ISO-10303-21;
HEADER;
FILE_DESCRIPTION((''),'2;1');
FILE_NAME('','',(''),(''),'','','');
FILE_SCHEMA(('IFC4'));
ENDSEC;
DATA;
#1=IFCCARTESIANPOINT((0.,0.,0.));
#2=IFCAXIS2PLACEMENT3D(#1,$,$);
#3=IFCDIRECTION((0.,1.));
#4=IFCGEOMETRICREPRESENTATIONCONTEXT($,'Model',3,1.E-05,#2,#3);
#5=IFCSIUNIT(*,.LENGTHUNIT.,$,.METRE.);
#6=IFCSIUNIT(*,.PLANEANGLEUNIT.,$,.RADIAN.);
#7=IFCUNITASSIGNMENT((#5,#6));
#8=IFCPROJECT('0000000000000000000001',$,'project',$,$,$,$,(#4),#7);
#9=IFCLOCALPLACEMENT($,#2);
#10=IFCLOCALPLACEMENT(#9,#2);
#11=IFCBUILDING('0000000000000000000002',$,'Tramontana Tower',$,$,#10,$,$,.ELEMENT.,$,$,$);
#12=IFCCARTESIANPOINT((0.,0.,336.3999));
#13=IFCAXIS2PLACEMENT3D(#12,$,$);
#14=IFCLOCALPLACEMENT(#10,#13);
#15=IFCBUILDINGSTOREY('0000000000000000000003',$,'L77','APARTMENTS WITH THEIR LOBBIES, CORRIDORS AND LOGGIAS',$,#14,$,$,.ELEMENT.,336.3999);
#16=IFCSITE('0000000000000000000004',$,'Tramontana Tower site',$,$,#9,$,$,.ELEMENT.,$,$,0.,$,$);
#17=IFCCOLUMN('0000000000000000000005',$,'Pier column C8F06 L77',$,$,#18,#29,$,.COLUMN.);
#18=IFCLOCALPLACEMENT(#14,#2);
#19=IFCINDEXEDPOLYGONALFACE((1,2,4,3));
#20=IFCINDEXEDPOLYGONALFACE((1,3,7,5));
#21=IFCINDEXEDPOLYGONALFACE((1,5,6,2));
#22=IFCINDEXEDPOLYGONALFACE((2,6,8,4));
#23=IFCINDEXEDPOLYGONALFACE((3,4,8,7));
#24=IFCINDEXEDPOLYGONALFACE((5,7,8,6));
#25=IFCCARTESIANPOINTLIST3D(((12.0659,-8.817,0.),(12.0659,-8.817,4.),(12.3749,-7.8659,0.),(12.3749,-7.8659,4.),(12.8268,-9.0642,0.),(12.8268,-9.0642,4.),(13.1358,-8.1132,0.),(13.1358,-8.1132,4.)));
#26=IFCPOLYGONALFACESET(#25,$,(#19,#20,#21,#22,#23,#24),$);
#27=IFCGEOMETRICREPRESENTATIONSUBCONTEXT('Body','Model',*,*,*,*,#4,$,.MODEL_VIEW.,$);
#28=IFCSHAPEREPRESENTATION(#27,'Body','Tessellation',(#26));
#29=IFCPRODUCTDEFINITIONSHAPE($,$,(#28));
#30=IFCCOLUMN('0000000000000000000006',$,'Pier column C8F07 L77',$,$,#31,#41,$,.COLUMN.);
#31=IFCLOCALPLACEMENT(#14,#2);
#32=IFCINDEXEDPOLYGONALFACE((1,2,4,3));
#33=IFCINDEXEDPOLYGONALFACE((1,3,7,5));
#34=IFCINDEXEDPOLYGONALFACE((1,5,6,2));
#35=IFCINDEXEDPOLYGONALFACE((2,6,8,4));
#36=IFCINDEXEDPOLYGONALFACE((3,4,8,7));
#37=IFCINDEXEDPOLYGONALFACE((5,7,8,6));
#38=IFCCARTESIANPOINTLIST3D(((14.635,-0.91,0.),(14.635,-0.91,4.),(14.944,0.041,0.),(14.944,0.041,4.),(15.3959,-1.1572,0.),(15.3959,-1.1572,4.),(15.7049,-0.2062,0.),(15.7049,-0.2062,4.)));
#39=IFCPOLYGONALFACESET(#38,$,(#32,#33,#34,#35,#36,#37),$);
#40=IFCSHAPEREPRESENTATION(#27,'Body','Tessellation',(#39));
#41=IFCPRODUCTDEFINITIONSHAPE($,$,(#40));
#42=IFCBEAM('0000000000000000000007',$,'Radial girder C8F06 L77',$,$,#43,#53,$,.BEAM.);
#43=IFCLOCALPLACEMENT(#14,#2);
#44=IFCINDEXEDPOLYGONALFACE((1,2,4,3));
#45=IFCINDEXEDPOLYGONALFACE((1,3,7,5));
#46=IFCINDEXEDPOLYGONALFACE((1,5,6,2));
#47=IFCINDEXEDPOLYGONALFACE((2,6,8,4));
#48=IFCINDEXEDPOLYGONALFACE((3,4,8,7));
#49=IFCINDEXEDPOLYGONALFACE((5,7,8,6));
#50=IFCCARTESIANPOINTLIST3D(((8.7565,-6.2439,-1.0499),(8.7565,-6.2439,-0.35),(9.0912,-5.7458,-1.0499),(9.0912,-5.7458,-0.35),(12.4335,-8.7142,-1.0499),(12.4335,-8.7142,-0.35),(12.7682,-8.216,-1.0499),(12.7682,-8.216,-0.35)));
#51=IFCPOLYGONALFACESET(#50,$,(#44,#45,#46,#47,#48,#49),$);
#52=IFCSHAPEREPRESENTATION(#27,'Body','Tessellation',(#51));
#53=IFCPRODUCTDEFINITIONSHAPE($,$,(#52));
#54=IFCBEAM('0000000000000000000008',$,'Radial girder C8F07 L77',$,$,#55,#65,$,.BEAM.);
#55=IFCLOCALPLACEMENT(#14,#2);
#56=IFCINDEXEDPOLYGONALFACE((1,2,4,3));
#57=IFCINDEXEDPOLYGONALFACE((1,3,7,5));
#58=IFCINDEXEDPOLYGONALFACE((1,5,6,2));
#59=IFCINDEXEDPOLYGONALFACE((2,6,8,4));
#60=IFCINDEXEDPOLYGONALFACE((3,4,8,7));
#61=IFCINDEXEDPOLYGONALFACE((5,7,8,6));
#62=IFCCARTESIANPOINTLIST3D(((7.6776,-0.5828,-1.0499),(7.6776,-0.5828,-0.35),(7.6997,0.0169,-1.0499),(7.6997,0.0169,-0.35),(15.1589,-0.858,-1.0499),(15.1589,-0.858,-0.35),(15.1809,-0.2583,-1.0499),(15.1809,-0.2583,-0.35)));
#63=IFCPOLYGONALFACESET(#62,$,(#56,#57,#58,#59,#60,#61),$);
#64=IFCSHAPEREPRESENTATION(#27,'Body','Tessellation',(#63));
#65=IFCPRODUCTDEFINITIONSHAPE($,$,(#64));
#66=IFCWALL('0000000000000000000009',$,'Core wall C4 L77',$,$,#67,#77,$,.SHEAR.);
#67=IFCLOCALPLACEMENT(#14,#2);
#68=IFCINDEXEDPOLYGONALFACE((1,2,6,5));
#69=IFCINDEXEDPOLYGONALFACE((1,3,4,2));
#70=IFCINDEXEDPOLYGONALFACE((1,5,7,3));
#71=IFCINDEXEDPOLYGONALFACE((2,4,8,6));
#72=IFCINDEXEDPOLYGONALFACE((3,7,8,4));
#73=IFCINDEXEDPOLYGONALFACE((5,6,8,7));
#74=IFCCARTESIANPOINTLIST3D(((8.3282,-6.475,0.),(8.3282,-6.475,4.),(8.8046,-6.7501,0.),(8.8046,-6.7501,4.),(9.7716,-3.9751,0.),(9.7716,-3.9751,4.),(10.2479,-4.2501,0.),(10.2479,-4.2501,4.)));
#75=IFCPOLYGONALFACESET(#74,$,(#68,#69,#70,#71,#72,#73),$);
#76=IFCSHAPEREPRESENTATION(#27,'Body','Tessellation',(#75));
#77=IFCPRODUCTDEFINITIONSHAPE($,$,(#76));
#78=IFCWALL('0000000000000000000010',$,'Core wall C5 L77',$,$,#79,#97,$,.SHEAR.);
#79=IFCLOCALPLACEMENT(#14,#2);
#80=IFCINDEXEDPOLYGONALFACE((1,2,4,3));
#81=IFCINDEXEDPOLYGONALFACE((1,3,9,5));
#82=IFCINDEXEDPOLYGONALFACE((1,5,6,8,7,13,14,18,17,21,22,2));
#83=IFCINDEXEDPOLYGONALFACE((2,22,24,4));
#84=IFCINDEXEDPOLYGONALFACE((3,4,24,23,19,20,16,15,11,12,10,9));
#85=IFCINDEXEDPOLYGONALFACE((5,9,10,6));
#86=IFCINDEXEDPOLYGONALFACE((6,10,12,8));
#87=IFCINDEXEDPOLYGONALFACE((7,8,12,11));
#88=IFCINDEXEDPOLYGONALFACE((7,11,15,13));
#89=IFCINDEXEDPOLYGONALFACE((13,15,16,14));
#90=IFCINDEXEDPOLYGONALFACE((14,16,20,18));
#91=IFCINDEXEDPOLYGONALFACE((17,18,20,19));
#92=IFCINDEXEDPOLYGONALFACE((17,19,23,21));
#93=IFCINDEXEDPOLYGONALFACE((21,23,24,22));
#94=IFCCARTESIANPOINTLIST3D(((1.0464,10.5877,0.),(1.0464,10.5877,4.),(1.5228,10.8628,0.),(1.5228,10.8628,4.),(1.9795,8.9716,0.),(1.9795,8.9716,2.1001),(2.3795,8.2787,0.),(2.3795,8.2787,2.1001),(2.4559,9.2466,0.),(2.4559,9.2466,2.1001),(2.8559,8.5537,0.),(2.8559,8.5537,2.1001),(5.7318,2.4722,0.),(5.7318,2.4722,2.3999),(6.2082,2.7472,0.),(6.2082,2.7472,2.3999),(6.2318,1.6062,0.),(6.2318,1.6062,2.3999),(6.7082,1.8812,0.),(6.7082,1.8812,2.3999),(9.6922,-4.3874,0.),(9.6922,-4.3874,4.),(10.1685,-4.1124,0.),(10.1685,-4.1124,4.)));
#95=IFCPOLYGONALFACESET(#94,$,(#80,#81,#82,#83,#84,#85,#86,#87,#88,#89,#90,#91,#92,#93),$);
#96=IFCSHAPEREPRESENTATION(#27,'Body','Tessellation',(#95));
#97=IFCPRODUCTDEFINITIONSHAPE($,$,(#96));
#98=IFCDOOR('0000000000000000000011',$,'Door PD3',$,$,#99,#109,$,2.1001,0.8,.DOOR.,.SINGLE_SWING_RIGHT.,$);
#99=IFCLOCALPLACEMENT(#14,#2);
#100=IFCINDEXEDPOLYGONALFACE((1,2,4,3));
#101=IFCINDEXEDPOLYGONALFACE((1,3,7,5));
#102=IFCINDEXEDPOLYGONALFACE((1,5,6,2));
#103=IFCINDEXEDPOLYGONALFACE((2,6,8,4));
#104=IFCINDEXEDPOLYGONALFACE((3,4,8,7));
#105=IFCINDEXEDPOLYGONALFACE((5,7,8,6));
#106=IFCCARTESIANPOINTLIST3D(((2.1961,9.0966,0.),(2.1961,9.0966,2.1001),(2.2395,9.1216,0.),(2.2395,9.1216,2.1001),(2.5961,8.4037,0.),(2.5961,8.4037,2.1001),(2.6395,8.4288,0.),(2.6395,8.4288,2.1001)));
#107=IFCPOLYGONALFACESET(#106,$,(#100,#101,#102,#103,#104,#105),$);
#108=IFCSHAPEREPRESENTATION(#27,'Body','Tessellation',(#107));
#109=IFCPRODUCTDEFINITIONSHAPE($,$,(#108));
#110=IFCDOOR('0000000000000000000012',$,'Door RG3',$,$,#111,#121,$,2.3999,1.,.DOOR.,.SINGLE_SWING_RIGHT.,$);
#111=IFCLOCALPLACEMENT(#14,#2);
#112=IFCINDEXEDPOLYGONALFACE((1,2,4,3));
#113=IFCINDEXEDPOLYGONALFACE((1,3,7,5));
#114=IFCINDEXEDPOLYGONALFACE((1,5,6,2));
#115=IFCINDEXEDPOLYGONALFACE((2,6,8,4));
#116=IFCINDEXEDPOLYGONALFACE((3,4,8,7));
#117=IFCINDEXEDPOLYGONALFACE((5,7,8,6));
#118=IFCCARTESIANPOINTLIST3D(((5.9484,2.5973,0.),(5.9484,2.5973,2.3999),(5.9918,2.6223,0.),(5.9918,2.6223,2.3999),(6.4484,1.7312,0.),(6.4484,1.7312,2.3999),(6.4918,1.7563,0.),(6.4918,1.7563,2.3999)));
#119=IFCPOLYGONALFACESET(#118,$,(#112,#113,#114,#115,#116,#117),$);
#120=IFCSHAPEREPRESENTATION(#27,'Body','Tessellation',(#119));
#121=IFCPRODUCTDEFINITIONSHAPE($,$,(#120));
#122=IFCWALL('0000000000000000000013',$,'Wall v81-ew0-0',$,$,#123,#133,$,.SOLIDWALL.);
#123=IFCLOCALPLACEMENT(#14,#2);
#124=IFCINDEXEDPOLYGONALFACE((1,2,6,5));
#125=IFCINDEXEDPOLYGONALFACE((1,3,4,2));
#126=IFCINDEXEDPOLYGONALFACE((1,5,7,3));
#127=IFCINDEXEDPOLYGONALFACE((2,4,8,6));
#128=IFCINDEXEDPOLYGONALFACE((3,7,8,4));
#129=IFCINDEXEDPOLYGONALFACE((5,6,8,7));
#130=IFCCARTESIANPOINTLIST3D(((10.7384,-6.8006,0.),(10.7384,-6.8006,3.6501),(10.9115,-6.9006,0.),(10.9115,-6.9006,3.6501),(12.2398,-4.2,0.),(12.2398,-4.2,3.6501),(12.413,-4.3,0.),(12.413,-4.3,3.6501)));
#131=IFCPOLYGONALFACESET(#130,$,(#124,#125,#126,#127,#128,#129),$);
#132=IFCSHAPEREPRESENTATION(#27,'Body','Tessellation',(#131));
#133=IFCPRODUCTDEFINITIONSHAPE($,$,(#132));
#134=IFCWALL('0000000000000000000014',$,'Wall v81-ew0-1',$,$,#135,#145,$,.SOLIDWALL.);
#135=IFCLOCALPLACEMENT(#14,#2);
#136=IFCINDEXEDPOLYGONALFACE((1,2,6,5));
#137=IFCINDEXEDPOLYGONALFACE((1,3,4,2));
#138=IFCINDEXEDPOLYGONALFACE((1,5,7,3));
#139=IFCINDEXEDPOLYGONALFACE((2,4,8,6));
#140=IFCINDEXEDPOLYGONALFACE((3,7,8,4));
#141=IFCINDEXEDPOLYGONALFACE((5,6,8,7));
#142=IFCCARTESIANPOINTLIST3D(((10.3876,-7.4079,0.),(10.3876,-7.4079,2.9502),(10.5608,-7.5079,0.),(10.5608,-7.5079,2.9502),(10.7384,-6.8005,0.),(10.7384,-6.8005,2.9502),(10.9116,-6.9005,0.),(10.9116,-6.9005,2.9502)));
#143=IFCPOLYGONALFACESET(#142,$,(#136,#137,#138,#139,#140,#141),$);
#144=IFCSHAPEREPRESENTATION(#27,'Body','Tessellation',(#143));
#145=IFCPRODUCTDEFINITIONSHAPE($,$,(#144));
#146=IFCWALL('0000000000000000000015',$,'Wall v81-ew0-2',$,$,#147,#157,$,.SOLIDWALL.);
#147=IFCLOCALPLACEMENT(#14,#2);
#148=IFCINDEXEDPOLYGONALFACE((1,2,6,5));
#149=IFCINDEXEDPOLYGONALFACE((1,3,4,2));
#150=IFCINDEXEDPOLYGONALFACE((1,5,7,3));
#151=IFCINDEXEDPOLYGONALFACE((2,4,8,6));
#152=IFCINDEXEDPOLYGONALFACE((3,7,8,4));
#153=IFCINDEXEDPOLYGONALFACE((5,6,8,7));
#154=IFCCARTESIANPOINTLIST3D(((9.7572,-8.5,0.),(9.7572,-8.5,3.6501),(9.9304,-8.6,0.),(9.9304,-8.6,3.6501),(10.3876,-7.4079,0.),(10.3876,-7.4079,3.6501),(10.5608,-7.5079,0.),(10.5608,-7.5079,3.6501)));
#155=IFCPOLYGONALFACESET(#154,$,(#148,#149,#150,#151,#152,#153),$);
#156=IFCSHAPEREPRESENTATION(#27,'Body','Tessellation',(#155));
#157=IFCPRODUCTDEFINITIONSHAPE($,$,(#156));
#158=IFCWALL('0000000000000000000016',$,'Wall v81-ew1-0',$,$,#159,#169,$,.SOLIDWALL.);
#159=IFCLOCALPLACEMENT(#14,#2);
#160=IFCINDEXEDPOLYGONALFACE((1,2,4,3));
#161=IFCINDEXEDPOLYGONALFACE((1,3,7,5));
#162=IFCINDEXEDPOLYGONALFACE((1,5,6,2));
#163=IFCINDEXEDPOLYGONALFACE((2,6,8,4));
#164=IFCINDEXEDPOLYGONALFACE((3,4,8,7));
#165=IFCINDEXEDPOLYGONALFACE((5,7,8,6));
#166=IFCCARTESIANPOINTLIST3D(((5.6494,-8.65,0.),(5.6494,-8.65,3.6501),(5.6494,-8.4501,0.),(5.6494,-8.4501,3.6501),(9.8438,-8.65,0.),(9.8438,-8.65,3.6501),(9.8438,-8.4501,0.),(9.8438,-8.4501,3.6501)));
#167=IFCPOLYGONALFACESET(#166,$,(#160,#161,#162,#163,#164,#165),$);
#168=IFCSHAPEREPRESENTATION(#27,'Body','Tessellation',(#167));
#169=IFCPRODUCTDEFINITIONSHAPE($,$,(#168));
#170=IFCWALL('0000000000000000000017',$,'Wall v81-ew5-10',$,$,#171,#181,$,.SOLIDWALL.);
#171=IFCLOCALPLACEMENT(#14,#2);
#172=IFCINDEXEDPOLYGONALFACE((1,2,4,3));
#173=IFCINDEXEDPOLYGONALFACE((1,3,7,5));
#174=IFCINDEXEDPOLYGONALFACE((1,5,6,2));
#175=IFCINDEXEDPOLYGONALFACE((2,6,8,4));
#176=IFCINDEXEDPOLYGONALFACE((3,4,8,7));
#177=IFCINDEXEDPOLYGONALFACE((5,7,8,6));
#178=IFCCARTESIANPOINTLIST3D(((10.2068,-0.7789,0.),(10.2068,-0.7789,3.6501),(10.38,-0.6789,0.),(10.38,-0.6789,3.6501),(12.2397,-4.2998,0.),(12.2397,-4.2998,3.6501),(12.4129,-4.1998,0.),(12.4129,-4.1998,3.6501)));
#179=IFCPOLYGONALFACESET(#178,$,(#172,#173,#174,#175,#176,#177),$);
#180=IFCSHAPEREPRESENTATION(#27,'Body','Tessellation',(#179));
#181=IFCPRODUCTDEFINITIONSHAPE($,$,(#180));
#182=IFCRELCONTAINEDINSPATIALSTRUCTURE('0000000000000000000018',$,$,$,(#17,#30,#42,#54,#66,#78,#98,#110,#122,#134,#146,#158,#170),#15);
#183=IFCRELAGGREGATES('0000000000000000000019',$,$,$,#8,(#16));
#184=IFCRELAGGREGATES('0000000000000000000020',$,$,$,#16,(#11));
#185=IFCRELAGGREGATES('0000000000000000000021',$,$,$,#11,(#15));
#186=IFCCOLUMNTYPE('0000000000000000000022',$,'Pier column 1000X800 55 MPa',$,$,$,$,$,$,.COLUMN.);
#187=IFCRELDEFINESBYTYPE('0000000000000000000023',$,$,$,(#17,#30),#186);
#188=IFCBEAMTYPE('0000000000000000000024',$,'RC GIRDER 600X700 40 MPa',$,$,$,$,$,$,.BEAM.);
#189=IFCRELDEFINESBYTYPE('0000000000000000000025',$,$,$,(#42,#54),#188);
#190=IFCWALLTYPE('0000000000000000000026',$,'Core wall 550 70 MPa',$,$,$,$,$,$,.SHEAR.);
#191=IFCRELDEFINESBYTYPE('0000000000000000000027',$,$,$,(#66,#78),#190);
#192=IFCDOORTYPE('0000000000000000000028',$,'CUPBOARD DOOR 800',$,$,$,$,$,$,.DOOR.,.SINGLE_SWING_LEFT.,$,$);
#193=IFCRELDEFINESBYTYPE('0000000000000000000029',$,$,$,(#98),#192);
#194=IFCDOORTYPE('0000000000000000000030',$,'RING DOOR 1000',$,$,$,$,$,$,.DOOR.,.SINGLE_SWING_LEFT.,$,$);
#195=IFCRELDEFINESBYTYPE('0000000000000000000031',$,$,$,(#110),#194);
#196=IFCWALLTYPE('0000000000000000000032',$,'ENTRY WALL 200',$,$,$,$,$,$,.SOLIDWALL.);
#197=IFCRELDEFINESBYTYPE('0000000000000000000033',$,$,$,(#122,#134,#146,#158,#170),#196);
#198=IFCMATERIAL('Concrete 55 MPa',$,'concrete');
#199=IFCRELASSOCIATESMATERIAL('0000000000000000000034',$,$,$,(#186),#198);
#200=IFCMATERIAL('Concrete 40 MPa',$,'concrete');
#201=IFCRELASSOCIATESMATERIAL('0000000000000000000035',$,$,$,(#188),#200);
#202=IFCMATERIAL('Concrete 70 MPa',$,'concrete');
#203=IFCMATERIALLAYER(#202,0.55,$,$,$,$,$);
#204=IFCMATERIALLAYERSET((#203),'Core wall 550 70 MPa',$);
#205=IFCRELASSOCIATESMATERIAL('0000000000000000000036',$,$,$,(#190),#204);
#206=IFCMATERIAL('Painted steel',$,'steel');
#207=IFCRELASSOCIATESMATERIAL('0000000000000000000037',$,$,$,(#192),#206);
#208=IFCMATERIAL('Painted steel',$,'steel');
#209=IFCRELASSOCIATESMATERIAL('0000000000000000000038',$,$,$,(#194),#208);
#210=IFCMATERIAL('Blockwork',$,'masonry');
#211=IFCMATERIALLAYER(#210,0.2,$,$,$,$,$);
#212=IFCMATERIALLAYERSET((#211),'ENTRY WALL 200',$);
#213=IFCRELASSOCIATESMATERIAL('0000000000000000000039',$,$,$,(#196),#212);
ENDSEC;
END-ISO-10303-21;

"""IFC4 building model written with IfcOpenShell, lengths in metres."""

from ifc_helpers import new_model, si_unit, direction, frame, frame_2d, origin, origin_2d, place, context, subcontext, project, spatial, rectangle, extrude, material, layer, layer_set, material_profile, profile_set, type_object, element, fill, save


model = new_model("IFC4")

# Units and contexts
model_context = context("Model", 3, precision=1e-05, world=origin(), true_north=direction((0.0, 1.0)))
body_context = subcontext(model_context, "Body", "Model", "MODEL_VIEW")
ifc_project = project(units=[si_unit("LENGTHUNIT", "METRE"), si_unit("PLANEANGLEUNIT", "RADIAN")], contexts=[model_context])

# Site, building, storey
site_placement = place(None, origin())
site = spatial("IfcSite", under=ifc_project, at=site_placement, Name="Tramontana Tower site", CompositionType="ELEMENT", RefElevation=0.0)
building_placement = place(site_placement, origin())
building = spatial("IfcBuilding", under=site, at=building_placement, Name="Tramontana Tower", CompositionType="ELEMENT")
storey_placement = place(building_placement, frame((0.0, 0.0, 336.3999)))
storey = spatial("IfcBuildingStorey", under=building, at=storey_placement, Name="L77", Description="APARTMENTS WITH THEIR LOBBIES, CORRIDORS AND LOGGIAS", CompositionType="ELEMENT", Elevation=336.3999)

# Columns
ifc_material_1 = material(Name="Concrete 55 MPa", Category="concrete")
ifc_material_profile_1 = material_profile(ifc_material_1, rectangle(XDim=1.0, YDim=0.8, at=origin_2d()), Name="Pier column 1000X800 55 MPa")
ifc_profile_set_1 = profile_set([ifc_material_profile_1], Name="Concrete 55 MPa")
column_type = type_object("IfcColumnType", Name="Pier column 1000X800 55 MPa", PredefinedType="COLUMN", material=ifc_profile_set_1)
for number, where, z_axis, x_axis, name in (
    (1, (12.6008, -8.4651, 0.0), (0.0, 0.0, 1.0), (0.309017, 0.951057, 0.0), "Pier column C8F06 L77"),
    (2, (15.1699, -0.5581, 0.0), (0.0, 0.0, 1.0), (0.309017, 0.951057, 0.0), "Pier column C8F07 L77"),
):
    element("IfcColumn", number, at=place(storey_placement, frame(where, z_axis=z_axis, x_axis=x_axis)), inside=storey, type_object=column_type, Name=name, PredefinedType="COLUMN", context=body_context, shape_type="SweptSolid", body=[
        extrude(rectangle(XDim=1.0, YDim=0.8, at=origin_2d()), origin(), (0.0, 0.0, 1.0), 4.0),
    ])

# Beams
ifc_material_2 = material(Name="Concrete 40 MPa", Category="concrete")
ifc_material_profile_2 = material_profile(ifc_material_2, rectangle(XDim=0.6001, YDim=0.7, at=origin_2d()), Name="RC GIRDER 600X700 40 MPa")
ifc_profile_set_2 = profile_set([ifc_material_profile_2], Name="Concrete 40 MPa")
beam_type = type_object("IfcBeamType", Name="RC GIRDER 600X700 40 MPa", PredefinedType="BEAM", material=ifc_profile_set_2)
beam_1_placement = place(storey_placement, frame((12.6008, -8.4651, -0.7), z_axis=(-0.830078, 0.557647, 0.0), x_axis=(-0.557647, -0.830078, 0.0)))
element("IfcBeam", 3, at=beam_1_placement, inside=storey, type_object=beam_type, Name="Radial girder C8F06 L77", PredefinedType="BEAM", context=body_context, shape_type="SweptSolid", body=[
    extrude(rectangle(XDim=0.6001, YDim=0.7, at=origin_2d()), origin(), (0.0, 0.0, 1.0), 4.4297),
])
beam_2_placement = place(storey_placement, frame((15.1699, -0.5581, -0.7), z_axis=(-0.999324, 0.036754, 0.0), x_axis=(-0.036754, -0.999324, 0.0)))
element("IfcBeam", 4, at=beam_2_placement, inside=storey, type_object=beam_type, Name="Radial girder C8F07 L77", PredefinedType="BEAM", context=body_context, shape_type="SweptSolid", body=[
    extrude(rectangle(XDim=0.6001, YDim=0.7, at=origin_2d()), origin(), (0.0, 0.0, 1.0), 7.4863),
])

# Wall
ifc_material_3 = material(Name="Concrete 70 MPa", Category="concrete")
ifc_layer_1 = layer(ifc_material_3, 0.55)
ifc_layer_set_1 = layer_set([ifc_layer_1], Name="Core wall 550 70 MPa")
wall_type_1 = type_object("IfcWallType", Name="Core wall 550 70 MPa", PredefinedType="SHEAR", material=ifc_layer_set_1)
wall_1_placement = place(storey_placement, frame((8.5664, -6.6125, 0.0), z_axis=(0.0, 0.0, 1.0), x_axis=(0.499996, 0.866028, 0.0)))
element("IfcWall", 5, at=wall_1_placement, inside=storey, type_object=wall_type_1, Name="Core wall C4 L77", PredefinedType="SHEAR", context=body_context, shape_type="SweptSolid", body=[
    extrude(rectangle(XDim=2.8867, YDim=0.55, at=frame_2d((1.4434, 0.0))), origin(), (0.0, 0.0, 1.0), 4.0),
])

# Wall, openings, doors
wall_2_placement = place(storey_placement, frame((9.9304, -4.25, 0.0), z_axis=(0.0, 0.0, 1.0), x_axis=(-0.499995, 0.866029, 0.0)))
wall_2 = element("IfcWall", 6, at=wall_2_placement, inside=storey, type_object=wall_type_1, Name="Core wall C5 L77", PredefinedType="SHEAR", context=body_context, shape_type="SweptSolid", body=[
    extrude(rectangle(XDim=17.2917, YDim=0.55, at=frame_2d((8.646, 0.0))), origin(), (0.0, 0.0, 1.0), 4.0),
])
opening_1_placement = place(wall_2_placement, frame((6.9209, 0.0, 0.0)))
opening_1 = element("IfcOpeningElement", 7, at=opening_1_placement, cuts=wall_2, PredefinedType="OPENING", context=body_context, shape_type="SweptSolid", body=[
    extrude(rectangle(XDim=1.0, YDim=2.3999, at=frame_2d((0.5, 1.2))), frame((0.0, 0.2849, 0.0), z_axis=(0.0, -1.0, 0.0), x_axis=(1.0, 0.0, 0.0)), (0.0, 0.0, 1.0), 0.5701),
])
opening_2_placement = place(wall_2_placement, frame((14.6257, 0.0, 0.0)))
opening_2 = element("IfcOpeningElement", 8, at=opening_2_placement, cuts=wall_2, PredefinedType="OPENING", context=body_context, shape_type="SweptSolid", body=[
    extrude(rectangle(XDim=0.8, YDim=2.1001, at=frame_2d((0.3999, 1.05))), frame((0.0, 0.2849, 0.0), z_axis=(0.0, -1.0, 0.0), x_axis=(1.0, 0.0, 0.0)), (0.0, 0.0, 1.0), 0.5701),
])
ifc_material_4 = material(Name="Painted steel", Category="steel")
door_type_1 = type_object("IfcDoorType", Name="CUPBOARD DOOR 800", OperationType="SINGLE_SWING_LEFT", PredefinedType="DOOR", material=ifc_material_4)
door_1_placement = place(opening_2_placement, origin())
door_1 = element("IfcDoor", 9, at=door_1_placement, inside=storey, type_object=door_type_1, Name="Door PD3", OperationType="SINGLE_SWING_RIGHT", OverallHeight=2.1001, OverallWidth=0.8, PredefinedType="DOOR", context=body_context, shape_type="SweptSolid", body=[
    extrude(rectangle(XDim=0.8, YDim=2.1001, at=frame_2d((0.3999, 1.05))), frame((0.0, 0.0249, 0.0), z_axis=(0.0, -1.0, 0.0), x_axis=(1.0, 0.0, 0.0)), (0.0, 0.0, 1.0), 0.05),
])
fill(opening_2, door_1)
ifc_material_5 = material(Name="Painted steel", Category="steel")
door_type_2 = type_object("IfcDoorType", Name="RING DOOR 1000", OperationType="SINGLE_SWING_LEFT", PredefinedType="DOOR", material=ifc_material_5)
door_2_placement = place(opening_1_placement, origin())
door_2 = element("IfcDoor", 10, at=door_2_placement, inside=storey, type_object=door_type_2, Name="Door RG3", OperationType="SINGLE_SWING_RIGHT", OverallHeight=2.3999, OverallWidth=1.0, PredefinedType="DOOR", context=body_context, shape_type="SweptSolid", body=[
    extrude(rectangle(XDim=1.0, YDim=2.3999, at=frame_2d((0.5, 1.2))), frame((0.0, 0.0249, 0.0), z_axis=(0.0, -1.0, 0.0), x_axis=(1.0, 0.0, 0.0)), (0.0, 0.0, 1.0), 0.05),
])
fill(opening_1, door_2)

# Walls
ifc_material_6 = material(Name="Blockwork", Category="masonry")
ifc_layer_2 = layer(ifc_material_6, 0.2)
ifc_layer_set_2 = layer_set([ifc_layer_2], Name="ENTRY WALL 200")
wall_type_2 = type_object("IfcWallType", Name="ENTRY WALL 200", PredefinedType="SOLIDWALL", material=ifc_layer_set_2)
wall_3_placement = place(storey_placement, frame((12.3264, -4.25, 0.0), z_axis=(0.0, 0.0, 1.0), x_axis=(-0.500004, -0.866023, 0.0)))
element("IfcWall", 11, at=wall_3_placement, inside=storey, type_object=wall_type_2, Name="Wall v81-ew0-0", PredefinedType="SOLIDWALL", context=body_context, shape_type="SweptSolid", body=[
    extrude(rectangle(XDim=3.0029, YDim=0.2, at=frame_2d((1.5015, 0.0))), origin(), (0.0, 0.0, 1.0), 3.6501),
])
wall_4_placement = place(storey_placement, frame((10.825, -6.8506, 0.0), z_axis=(0.0, 0.0, 1.0), x_axis=(-0.500144, -0.865942, 0.0)))
element("IfcWall", 12, at=wall_4_placement, inside=storey, type_object=wall_type_2, Name="Wall v81-ew0-1", PredefinedType="SOLIDWALL", context=body_context, shape_type="SweptSolid", body=[
    extrude(rectangle(XDim=0.7014, YDim=0.2, at=frame_2d((0.3506, 0.0))), origin(), (0.0, 0.0, 1.0), 2.9502),
])
wall_5_placement = place(storey_placement, frame((10.4741, -7.458, 0.0), z_axis=(0.0, 0.0, 1.0), x_axis=(-0.499929, -0.866066, 0.0)))
element("IfcWall", 13, at=wall_5_placement, inside=storey, type_object=wall_type_2, Name="Wall v81-ew0-2", PredefinedType="SOLIDWALL", context=body_context, shape_type="SweptSolid", body=[
    extrude(rectangle(XDim=1.261, YDim=0.2, at=frame_2d((0.6304, 0.0))), origin(), (0.0, 0.0, 1.0), 3.6501),
])
wall_6_placement = place(storey_placement, frame((9.8438, -8.55, 0.0), z_axis=(0.0, 0.0, 1.0), x_axis=(-1.0, 0.0, 0.0)))
element("IfcWall", 14, at=wall_6_placement, inside=storey, type_object=wall_type_2, Name="Wall v81-ew1-0", PredefinedType="SOLIDWALL", context=body_context, shape_type="SweptSolid", body=[
    extrude(rectangle(XDim=4.1943, YDim=0.2, at=frame_2d((2.0972, 0.0))), origin(), (0.0, 0.0, 1.0), 3.6501),
])
wall_7_placement = place(storey_placement, frame((10.2935, -0.729, 0.0), z_axis=(0.0, 0.0, 1.0), x_axis=(0.50002, -0.866014, 0.0)))
element("IfcWall", 15, at=wall_7_placement, inside=storey, type_object=wall_type_2, Name="Wall v81-ew5-10", PredefinedType="SOLIDWALL", context=body_context, shape_type="SweptSolid", body=[
    extrude(rectangle(XDim=4.0657, YDim=0.2, at=frame_2d((2.0327, 0.0))), origin(), (0.0, 0.0, 1.0), 3.6501),
])

save(model, "model.ifc")
